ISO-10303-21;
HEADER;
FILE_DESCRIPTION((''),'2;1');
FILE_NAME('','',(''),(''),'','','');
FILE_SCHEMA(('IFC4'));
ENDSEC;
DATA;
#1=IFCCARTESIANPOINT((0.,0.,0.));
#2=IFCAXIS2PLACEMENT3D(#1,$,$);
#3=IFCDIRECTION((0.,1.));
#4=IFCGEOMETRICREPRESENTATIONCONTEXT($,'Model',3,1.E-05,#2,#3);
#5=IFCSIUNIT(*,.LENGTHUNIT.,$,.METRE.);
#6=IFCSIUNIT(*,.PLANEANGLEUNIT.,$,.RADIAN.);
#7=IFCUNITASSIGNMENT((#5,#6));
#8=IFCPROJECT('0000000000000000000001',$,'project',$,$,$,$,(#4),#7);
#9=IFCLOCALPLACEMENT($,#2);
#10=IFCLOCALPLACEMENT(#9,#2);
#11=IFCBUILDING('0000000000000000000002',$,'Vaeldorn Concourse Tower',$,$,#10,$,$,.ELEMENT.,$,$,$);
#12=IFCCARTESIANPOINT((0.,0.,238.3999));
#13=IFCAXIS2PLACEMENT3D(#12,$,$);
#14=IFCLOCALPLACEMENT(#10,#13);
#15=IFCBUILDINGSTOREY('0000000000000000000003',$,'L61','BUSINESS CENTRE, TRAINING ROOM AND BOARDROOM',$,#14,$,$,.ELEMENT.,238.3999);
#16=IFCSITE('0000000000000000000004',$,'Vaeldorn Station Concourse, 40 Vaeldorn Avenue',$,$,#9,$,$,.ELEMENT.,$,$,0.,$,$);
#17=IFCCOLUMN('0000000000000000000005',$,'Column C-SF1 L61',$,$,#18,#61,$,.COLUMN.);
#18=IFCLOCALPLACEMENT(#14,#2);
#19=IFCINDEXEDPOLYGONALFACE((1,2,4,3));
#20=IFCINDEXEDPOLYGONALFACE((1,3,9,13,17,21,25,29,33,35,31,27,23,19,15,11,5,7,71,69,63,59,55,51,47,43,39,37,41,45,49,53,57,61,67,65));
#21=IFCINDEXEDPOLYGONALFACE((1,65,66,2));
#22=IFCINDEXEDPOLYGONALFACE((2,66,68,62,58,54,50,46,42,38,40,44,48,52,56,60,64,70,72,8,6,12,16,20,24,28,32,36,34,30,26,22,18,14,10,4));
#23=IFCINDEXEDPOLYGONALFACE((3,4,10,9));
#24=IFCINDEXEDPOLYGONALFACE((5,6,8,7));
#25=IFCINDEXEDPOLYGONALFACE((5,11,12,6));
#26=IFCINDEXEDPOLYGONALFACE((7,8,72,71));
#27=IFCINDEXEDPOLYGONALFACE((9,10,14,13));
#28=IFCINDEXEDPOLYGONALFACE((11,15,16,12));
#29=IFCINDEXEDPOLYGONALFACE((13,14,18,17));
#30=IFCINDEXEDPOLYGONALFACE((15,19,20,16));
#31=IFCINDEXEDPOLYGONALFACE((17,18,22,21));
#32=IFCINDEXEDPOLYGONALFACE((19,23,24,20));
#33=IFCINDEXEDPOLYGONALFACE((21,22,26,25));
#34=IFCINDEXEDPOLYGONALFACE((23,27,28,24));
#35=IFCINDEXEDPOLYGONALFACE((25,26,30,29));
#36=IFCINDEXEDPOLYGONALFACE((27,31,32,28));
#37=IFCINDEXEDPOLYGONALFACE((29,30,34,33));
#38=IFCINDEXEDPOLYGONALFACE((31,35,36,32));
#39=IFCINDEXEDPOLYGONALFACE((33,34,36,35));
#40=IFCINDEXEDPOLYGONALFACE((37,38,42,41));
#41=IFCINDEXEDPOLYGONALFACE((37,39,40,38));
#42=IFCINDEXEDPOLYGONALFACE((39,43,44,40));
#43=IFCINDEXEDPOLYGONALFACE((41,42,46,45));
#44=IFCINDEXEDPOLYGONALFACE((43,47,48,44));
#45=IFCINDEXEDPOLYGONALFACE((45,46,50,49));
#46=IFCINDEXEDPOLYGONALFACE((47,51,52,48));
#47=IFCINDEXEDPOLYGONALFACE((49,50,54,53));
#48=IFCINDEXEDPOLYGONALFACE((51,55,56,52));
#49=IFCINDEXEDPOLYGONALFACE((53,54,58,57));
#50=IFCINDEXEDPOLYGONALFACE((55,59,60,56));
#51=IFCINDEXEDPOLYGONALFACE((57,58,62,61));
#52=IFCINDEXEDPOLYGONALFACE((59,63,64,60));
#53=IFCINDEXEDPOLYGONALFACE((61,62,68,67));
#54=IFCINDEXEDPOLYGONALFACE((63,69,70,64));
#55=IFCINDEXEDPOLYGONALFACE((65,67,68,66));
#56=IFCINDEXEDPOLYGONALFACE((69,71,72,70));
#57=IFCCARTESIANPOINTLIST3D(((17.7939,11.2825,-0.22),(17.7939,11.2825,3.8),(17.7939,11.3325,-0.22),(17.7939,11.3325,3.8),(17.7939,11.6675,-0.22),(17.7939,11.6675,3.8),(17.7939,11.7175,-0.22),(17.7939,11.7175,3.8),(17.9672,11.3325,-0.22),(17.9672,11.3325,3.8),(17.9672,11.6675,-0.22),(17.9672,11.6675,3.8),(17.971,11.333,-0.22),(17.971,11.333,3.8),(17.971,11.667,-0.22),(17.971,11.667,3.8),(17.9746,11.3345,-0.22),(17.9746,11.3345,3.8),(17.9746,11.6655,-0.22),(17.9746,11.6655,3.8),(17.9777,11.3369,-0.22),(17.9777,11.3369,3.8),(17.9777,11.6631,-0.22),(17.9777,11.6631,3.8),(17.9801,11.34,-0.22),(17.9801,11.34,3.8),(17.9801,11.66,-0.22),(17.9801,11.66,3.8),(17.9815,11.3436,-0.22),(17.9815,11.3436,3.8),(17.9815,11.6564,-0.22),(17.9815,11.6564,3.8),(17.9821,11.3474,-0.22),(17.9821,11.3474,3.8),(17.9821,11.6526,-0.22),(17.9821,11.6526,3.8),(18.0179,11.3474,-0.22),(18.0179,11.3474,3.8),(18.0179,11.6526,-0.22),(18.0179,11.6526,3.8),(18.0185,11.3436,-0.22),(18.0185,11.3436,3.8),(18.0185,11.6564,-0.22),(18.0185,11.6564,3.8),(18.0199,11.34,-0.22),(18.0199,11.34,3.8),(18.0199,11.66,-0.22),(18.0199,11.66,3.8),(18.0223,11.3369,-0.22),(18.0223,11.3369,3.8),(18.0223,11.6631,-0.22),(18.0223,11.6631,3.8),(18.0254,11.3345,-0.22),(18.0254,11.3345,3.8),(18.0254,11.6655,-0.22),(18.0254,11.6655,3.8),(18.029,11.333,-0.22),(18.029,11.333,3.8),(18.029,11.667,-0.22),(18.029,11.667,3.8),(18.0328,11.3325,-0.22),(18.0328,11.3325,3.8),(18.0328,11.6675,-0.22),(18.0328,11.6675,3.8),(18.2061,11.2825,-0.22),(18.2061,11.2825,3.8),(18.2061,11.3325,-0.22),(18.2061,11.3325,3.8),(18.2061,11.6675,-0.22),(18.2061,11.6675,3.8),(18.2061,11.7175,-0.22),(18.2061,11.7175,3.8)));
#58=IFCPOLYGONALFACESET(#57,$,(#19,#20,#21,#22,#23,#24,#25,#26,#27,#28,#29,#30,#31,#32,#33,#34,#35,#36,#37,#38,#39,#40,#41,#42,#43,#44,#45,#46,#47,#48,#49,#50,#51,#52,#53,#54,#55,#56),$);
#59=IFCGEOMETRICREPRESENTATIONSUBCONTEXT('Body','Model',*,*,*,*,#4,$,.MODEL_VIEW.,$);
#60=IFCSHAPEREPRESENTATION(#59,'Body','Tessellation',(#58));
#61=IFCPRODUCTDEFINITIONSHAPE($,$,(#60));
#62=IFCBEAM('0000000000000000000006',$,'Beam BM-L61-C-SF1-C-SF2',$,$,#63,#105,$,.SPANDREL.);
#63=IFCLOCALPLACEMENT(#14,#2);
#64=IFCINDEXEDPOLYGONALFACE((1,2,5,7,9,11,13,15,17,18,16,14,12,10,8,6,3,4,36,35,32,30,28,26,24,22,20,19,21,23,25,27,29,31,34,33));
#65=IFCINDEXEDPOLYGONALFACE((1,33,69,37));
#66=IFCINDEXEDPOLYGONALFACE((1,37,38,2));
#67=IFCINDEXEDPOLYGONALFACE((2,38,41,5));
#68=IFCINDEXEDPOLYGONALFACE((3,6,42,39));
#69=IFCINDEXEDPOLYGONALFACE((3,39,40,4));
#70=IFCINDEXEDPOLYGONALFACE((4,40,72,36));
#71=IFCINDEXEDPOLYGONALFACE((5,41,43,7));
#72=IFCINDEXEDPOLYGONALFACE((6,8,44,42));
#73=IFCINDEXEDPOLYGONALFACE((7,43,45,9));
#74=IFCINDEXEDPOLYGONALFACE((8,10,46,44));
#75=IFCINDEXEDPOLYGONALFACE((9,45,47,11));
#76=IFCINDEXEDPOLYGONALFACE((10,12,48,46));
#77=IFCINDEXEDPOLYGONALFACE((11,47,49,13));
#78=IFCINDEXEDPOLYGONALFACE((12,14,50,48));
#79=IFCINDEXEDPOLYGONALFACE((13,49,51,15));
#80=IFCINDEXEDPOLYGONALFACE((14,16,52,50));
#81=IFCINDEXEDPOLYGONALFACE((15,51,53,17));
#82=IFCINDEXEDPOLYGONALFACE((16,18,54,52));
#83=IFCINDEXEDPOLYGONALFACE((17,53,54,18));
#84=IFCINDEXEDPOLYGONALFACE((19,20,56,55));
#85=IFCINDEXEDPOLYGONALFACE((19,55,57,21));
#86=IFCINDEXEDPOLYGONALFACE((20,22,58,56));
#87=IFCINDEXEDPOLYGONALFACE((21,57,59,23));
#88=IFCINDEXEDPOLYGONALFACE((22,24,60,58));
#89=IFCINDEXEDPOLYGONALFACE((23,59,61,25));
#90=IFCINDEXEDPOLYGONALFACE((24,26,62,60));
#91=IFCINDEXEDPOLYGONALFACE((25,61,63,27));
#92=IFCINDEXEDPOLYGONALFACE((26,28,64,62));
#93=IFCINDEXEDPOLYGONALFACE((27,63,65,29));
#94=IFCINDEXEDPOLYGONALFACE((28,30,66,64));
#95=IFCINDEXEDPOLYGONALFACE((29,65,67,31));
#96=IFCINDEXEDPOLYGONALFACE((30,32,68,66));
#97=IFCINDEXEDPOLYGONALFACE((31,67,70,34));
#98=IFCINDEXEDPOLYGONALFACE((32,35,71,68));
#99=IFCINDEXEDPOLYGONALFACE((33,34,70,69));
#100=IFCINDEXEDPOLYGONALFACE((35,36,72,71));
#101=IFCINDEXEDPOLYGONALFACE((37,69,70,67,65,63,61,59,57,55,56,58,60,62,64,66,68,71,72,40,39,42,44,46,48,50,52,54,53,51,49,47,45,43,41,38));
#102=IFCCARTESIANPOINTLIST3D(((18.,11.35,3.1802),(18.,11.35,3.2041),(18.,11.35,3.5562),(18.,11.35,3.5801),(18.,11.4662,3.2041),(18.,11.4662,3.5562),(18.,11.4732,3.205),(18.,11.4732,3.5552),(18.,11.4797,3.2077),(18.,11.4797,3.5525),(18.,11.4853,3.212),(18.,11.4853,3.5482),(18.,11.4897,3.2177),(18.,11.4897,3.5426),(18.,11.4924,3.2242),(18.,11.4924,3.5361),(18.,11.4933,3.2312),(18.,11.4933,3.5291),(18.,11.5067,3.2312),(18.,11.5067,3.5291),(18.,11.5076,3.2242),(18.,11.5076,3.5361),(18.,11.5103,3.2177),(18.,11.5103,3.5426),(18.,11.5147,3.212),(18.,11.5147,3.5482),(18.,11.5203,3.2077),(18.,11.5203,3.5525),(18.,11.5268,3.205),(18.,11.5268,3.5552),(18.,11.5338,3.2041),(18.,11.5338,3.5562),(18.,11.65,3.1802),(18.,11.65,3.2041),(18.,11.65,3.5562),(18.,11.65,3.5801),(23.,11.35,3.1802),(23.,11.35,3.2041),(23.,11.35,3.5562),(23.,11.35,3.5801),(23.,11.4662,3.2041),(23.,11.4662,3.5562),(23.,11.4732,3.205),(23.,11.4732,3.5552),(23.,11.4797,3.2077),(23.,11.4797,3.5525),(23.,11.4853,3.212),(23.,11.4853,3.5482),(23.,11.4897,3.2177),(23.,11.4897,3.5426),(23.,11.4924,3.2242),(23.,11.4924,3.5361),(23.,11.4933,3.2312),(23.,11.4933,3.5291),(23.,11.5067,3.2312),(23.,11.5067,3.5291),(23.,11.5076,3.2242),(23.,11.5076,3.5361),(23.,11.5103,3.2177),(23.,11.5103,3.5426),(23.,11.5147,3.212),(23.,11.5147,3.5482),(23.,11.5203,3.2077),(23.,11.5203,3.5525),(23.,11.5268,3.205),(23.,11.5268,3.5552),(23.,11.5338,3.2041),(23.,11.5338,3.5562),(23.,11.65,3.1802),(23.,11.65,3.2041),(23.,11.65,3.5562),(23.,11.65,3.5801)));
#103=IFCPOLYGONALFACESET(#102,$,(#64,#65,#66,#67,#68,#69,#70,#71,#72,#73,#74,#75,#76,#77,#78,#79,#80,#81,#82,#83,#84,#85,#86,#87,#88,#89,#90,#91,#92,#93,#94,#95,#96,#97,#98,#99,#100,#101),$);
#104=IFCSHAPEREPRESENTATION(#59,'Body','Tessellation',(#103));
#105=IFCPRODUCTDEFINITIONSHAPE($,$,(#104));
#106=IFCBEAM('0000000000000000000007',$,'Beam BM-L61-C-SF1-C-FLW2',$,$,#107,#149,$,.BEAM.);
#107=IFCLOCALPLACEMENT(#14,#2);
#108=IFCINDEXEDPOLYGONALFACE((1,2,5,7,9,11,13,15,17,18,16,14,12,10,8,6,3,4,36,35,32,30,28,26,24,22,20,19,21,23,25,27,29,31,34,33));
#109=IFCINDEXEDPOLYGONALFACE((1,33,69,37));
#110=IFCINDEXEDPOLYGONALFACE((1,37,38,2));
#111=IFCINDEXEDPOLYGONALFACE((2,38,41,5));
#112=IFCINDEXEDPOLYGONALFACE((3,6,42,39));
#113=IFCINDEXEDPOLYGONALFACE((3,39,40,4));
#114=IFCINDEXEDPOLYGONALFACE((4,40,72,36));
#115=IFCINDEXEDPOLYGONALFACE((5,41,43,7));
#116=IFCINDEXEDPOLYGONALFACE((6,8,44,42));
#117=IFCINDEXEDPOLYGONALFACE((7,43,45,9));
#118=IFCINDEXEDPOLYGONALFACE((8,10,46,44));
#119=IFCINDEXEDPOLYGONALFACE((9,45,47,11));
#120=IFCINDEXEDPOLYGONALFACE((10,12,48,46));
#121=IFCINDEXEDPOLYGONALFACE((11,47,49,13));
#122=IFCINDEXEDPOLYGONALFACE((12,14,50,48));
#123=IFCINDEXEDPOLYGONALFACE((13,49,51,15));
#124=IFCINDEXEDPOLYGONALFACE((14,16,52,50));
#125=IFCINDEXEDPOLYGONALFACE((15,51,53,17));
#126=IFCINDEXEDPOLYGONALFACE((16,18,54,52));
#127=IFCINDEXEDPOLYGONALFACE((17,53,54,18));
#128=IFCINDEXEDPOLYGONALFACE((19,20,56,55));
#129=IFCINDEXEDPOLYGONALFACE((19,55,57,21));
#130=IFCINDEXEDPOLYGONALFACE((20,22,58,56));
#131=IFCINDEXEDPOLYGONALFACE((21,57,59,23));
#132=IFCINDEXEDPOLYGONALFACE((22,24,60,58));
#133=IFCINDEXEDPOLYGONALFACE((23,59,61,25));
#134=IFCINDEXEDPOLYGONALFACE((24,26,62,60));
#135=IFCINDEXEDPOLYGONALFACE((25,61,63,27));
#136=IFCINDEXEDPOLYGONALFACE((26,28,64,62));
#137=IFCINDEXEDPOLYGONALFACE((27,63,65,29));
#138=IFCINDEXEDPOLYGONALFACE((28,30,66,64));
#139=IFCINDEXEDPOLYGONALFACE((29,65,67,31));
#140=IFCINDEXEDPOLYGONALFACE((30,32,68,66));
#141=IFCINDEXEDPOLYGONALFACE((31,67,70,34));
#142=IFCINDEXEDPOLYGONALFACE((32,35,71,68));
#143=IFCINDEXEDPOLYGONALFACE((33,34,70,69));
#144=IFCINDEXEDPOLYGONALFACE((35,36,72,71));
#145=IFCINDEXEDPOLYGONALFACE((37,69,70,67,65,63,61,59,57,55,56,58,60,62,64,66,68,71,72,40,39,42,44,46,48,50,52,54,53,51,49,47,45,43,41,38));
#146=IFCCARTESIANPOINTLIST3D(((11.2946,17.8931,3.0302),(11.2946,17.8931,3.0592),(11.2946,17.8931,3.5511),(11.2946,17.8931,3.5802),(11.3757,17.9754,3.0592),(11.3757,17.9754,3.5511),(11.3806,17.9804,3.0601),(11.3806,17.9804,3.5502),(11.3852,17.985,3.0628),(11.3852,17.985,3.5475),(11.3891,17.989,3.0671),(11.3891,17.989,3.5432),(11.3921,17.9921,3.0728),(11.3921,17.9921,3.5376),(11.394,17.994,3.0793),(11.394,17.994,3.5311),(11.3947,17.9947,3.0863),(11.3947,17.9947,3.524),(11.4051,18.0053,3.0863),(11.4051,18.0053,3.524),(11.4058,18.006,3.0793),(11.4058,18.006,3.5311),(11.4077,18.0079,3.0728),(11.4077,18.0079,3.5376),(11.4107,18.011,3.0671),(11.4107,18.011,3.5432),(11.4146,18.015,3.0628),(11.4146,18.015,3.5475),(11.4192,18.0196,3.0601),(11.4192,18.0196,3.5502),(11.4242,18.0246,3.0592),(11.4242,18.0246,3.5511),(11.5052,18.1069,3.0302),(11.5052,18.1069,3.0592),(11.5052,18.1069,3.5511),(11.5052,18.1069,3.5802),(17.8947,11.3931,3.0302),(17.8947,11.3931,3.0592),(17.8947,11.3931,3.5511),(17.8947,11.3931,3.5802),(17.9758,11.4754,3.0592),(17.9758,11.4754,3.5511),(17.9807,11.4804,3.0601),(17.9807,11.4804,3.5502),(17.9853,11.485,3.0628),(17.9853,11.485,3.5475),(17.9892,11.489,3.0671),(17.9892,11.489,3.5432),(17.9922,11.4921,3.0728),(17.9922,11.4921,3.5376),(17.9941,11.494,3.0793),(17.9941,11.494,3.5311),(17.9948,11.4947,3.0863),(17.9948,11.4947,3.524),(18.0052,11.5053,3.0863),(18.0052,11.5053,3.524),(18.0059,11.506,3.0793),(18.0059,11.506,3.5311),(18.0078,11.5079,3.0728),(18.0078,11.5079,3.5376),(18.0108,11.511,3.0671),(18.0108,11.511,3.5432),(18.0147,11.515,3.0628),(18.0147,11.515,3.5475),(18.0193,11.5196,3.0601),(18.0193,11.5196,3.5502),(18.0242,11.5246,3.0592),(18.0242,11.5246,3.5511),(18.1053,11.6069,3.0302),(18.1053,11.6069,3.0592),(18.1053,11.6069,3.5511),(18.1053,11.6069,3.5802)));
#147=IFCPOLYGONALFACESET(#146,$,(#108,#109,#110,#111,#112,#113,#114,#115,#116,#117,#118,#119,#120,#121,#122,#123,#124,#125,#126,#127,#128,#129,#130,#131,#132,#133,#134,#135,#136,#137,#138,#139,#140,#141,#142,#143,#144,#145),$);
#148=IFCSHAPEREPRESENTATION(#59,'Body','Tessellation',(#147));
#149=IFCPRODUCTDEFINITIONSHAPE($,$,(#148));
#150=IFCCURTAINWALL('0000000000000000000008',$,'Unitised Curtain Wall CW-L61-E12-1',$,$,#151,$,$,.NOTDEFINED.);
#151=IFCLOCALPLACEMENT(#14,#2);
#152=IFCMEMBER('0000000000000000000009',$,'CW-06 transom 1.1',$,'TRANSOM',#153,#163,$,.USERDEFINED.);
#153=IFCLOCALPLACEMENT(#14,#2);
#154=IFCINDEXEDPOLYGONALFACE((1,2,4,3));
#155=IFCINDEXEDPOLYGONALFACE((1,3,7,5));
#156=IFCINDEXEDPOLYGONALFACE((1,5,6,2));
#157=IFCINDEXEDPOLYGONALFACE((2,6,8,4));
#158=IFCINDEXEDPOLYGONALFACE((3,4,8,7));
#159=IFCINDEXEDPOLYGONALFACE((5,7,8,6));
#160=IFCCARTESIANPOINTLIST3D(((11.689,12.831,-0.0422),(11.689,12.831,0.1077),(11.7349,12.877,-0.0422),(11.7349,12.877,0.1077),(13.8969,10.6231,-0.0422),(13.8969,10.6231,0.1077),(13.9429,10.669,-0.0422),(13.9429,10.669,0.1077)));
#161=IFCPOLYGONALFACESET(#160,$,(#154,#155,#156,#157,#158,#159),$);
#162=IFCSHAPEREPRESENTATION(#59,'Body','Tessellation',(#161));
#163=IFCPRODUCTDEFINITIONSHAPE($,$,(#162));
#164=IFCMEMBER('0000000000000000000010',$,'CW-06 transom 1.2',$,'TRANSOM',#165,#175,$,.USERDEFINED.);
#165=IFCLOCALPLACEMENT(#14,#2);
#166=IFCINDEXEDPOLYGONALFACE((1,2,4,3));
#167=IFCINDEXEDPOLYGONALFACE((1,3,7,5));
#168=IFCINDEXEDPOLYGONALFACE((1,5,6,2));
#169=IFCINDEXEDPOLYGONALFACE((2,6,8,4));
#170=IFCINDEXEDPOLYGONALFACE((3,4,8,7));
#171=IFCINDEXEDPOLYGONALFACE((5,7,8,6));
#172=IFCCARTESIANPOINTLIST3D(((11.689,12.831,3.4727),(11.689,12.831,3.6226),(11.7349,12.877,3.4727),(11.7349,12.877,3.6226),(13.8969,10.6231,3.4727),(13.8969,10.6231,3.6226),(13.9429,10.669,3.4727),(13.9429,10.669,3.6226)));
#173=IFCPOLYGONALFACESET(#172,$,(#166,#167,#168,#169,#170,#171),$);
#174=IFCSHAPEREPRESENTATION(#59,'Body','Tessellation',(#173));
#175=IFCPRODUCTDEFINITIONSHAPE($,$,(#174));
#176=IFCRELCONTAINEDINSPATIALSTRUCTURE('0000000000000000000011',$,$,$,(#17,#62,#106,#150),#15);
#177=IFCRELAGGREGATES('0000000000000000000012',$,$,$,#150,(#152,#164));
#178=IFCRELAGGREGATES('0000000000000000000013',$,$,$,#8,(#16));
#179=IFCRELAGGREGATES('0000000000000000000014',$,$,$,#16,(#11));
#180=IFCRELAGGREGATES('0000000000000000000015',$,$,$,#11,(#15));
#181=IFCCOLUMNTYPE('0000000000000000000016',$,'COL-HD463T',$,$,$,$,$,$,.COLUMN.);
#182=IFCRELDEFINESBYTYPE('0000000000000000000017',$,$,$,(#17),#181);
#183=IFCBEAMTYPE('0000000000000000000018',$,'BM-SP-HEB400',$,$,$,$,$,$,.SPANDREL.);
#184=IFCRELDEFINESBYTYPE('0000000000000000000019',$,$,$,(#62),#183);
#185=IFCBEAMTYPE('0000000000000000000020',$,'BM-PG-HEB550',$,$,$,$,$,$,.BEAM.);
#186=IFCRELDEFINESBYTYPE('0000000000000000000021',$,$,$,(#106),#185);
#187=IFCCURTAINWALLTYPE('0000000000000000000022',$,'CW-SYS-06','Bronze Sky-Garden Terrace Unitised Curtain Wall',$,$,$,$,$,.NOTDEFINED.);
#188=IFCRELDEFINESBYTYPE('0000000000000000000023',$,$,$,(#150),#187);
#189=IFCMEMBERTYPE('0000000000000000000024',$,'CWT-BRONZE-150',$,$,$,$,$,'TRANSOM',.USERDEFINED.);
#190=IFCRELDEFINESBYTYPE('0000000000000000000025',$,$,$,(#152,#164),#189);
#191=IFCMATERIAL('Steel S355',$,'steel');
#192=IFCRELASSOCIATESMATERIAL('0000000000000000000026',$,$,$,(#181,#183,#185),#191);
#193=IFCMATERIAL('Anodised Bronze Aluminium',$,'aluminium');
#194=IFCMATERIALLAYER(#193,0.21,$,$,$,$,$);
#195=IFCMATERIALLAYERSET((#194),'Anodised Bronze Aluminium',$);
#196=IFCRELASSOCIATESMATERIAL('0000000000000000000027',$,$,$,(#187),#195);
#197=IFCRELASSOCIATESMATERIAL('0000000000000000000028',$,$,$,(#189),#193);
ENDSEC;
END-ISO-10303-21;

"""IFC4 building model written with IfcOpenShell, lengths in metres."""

from ifc_helpers import new_model, si_unit, direction, frame, origin, origin_2d, place, context, subcontext, project, spatial, rectangle, i_section, extrude, source, transform, mapped, material, layer, layer_set, material_profile, profile_set, type_object, element, aggregate, save


model = new_model("IFC4")

# Units and contexts
model_context = context("Model", 3, precision=1e-05, world=origin(), true_north=direction((0.0, 1.0)))
body_context = subcontext(model_context, "Body", "Model", "MODEL_VIEW")
ifc_project = project(units=[si_unit("LENGTHUNIT", "METRE"), si_unit("PLANEANGLEUNIT", "RADIAN")], contexts=[model_context])

# Site, building, storey
site_placement = place(None, origin())
site = spatial("IfcSite", under=ifc_project, at=site_placement, Name="Vaeldorn Station Concourse, 40 Vaeldorn Avenue", CompositionType="ELEMENT", RefElevation=0.0)
building_placement = place(site_placement, origin())
building = spatial("IfcBuilding", under=site, at=building_placement, Name="Vaeldorn Concourse Tower", CompositionType="ELEMENT")
storey_placement = place(building_placement, frame((0.0, 0.0, 238.3999)))
storey = spatial("IfcBuildingStorey", under=building, at=storey_placement, Name="L61", Description="BUSINESS CENTRE, TRAINING ROOM AND BOARDROOM", CompositionType="ELEMENT", Elevation=238.3999)

# Column
ifc_material_1 = material(Name="Steel S355", Category="steel")
ifc_material_profile_1 = material_profile(ifc_material_1, i_section(OverallWidth=0.4121, OverallDepth=0.4351, WebThickness=0.0359, FlangeThickness=0.05, FilletRadius=0.0149, at=origin_2d()), Name="HD 400x463")
ifc_profile_set_1 = profile_set([ifc_material_profile_1], Name="Steel S355")
column_type = type_object("IfcColumnType", Name="COL-HD463T", PredefinedType="COLUMN", material=ifc_profile_set_1)
shared_shape_1 = source(origin(), body_context, "Body", "SweptSolid", [
    extrude(i_section(OverallWidth=0.4121, OverallDepth=0.4351, WebThickness=0.0359, FlangeThickness=0.05, FilletRadius=0.0149, at=origin_2d()), origin(), (0.0, 0.0, 1.0), 4.02),
])
column_placement = place(storey_placement, frame((18.0, 11.5, -0.22), z_axis=(0.0, 0.0, 1.0), x_axis=(1.0, 0.0, 0.0)))
element("IfcColumn", 1, at=column_placement, inside=storey, type_object=column_type, Name="Column C-SF1 L61", PredefinedType="COLUMN", context=body_context, shape_type="MappedRepresentation", body=[
    mapped(shared_shape_1, transform((0.0, 0.0, 0.0), scale=1.0)),
])

# Beams
ifc_material_profile_2 = material_profile(ifc_material_1, i_section(OverallWidth=0.3, OverallDepth=0.3999, WebThickness=0.0134, FlangeThickness=0.0239, FilletRadius=0.0271, at=origin_2d()), Name="HEB 400")
ifc_profile_set_2 = profile_set([ifc_material_profile_2], Name="Steel S355")
beam_type_1 = type_object("IfcBeamType", Name="BM-SP-HEB400", PredefinedType="SPANDREL", material=ifc_profile_set_2)
shared_shape_2 = source(origin(), body_context, "Body", "SweptSolid", [
    extrude(i_section(OverallWidth=0.3, OverallDepth=0.3999, WebThickness=0.0134, FlangeThickness=0.0239, FilletRadius=0.0271, at=origin_2d()), origin(), (0.0, 0.0, 1.0), 5.0),
])
beam_1_placement = place(storey_placement, frame((18.0, 11.5, 3.3801), z_axis=(1.0, 0.0, 0.0), x_axis=(0.0, 1.0, 0.0)))
element("IfcBeam", 2, at=beam_1_placement, inside=storey, type_object=beam_type_1, Name="Beam BM-L61-C-SF1-C-SF2", PredefinedType="SPANDREL", context=body_context, shape_type="MappedRepresentation", body=[
    mapped(shared_shape_2, transform((0.0, 0.0, 0.0), scale=1.0)),
])
ifc_material_profile_3 = material_profile(ifc_material_1, i_section(OverallWidth=0.3, OverallDepth=0.55, WebThickness=0.0149, FlangeThickness=0.0291, FilletRadius=0.0271, at=origin_2d()), Name="HEB 550")
ifc_profile_set_3 = profile_set([ifc_material_profile_3], Name="Steel S355")
beam_type_2 = type_object("IfcBeamType", Name="BM-PG-HEB550", PredefinedType="BEAM", material=ifc_profile_set_3)
shared_shape_3 = source(origin(), body_context, "Body", "SweptSolid", [
    extrude(i_section(OverallWidth=0.3, OverallDepth=0.55, WebThickness=0.0149, FlangeThickness=0.0291, FilletRadius=0.0271, at=origin_2d()), origin(), (0.0, 0.0, 1.0), 9.2634),
])
beam_2_placement = place(storey_placement, frame((18.0, 11.5, 3.3052), z_axis=(-0.712489, 0.701683, 0.0), x_axis=(-0.701683, -0.712489, 0.0)))
element("IfcBeam", 3, at=beam_2_placement, inside=storey, type_object=beam_type_2, Name="Beam BM-L61-C-SF1-C-FLW2", PredefinedType="BEAM", context=body_context, shape_type="MappedRepresentation", body=[
    mapped(shared_shape_3, transform((0.0, 0.0, 0.0), scale=1.0)),
])

# Curtain wall, members
ifc_material_2 = material(Name="Anodised Bronze Aluminium", Category="aluminium")
ifc_layer_1 = layer(ifc_material_2, 0.21)
ifc_layer_set_1 = layer_set([ifc_layer_1], Name="Anodised Bronze Aluminium")
curtain_wall_type = type_object("IfcCurtainWallType", Name="CW-SYS-06", Description="Bronze Sky-Garden Terrace Unitised Curtain Wall", PredefinedType="NOTDEFINED", material=ifc_layer_set_1)
curtain_wall_1_placement = place(storey_placement, origin())
curtain_wall_1 = element("IfcCurtainWall", 4, at=curtain_wall_1_placement, inside=storey, type_object=curtain_wall_type, Name="Unitised Curtain Wall CW-L61-E12-1", PredefinedType="NOTDEFINED")
ifc_material_profile_4 = material_profile(ifc_material_2, rectangle(XDim=0.0649, YDim=0.1499, at=origin_2d()), Name="CWT 65x150")
ifc_profile_set_4 = profile_set([ifc_material_profile_4], Name="Anodised Bronze Aluminium")
member_type_1 = type_object("IfcMemberType", Name="CWT-BRONZE-150", ElementType="TRANSOM", PredefinedType="USERDEFINED", material=ifc_profile_set_4)
shared_shape_4 = source(origin(), body_context, "Body", "SweptSolid", [
    extrude(rectangle(XDim=0.0649, YDim=0.1499, at=origin_2d()), origin(), (0.0, 0.0, 1.0), 3.1226),
])
member_1_placement = place(storey_placement, frame((11.7119, 12.854, 0.0327), z_axis=(0.707107, -0.707107, 0.0), x_axis=(0.707107, 0.707107, 0.0)))
member_1 = element("IfcMember", 5, at=member_1_placement, type_object=member_type_1, Name="CW-06 transom 1.1", ObjectType="TRANSOM", PredefinedType="USERDEFINED", context=body_context, shape_type="MappedRepresentation", body=[
    mapped(shared_shape_4, transform((0.0, 0.0, 0.0), scale=1.0)),
])
member_2_placement = place(storey_placement, frame((11.7119, 12.854, 3.5476), z_axis=(0.707107, -0.707107, 0.0), x_axis=(0.707107, 0.707107, 0.0)))
member_2 = element("IfcMember", 6, at=member_2_placement, type_object=member_type_1, Name="CW-06 transom 1.2", ObjectType="TRANSOM", PredefinedType="USERDEFINED", context=body_context, shape_type="MappedRepresentation", body=[
    mapped(shared_shape_4, transform((0.0, 0.0, 0.0), scale=1.0)),
])

aggregate(curtain_wall_1, [member_1, member_2])

save(model, "model.ifc")
